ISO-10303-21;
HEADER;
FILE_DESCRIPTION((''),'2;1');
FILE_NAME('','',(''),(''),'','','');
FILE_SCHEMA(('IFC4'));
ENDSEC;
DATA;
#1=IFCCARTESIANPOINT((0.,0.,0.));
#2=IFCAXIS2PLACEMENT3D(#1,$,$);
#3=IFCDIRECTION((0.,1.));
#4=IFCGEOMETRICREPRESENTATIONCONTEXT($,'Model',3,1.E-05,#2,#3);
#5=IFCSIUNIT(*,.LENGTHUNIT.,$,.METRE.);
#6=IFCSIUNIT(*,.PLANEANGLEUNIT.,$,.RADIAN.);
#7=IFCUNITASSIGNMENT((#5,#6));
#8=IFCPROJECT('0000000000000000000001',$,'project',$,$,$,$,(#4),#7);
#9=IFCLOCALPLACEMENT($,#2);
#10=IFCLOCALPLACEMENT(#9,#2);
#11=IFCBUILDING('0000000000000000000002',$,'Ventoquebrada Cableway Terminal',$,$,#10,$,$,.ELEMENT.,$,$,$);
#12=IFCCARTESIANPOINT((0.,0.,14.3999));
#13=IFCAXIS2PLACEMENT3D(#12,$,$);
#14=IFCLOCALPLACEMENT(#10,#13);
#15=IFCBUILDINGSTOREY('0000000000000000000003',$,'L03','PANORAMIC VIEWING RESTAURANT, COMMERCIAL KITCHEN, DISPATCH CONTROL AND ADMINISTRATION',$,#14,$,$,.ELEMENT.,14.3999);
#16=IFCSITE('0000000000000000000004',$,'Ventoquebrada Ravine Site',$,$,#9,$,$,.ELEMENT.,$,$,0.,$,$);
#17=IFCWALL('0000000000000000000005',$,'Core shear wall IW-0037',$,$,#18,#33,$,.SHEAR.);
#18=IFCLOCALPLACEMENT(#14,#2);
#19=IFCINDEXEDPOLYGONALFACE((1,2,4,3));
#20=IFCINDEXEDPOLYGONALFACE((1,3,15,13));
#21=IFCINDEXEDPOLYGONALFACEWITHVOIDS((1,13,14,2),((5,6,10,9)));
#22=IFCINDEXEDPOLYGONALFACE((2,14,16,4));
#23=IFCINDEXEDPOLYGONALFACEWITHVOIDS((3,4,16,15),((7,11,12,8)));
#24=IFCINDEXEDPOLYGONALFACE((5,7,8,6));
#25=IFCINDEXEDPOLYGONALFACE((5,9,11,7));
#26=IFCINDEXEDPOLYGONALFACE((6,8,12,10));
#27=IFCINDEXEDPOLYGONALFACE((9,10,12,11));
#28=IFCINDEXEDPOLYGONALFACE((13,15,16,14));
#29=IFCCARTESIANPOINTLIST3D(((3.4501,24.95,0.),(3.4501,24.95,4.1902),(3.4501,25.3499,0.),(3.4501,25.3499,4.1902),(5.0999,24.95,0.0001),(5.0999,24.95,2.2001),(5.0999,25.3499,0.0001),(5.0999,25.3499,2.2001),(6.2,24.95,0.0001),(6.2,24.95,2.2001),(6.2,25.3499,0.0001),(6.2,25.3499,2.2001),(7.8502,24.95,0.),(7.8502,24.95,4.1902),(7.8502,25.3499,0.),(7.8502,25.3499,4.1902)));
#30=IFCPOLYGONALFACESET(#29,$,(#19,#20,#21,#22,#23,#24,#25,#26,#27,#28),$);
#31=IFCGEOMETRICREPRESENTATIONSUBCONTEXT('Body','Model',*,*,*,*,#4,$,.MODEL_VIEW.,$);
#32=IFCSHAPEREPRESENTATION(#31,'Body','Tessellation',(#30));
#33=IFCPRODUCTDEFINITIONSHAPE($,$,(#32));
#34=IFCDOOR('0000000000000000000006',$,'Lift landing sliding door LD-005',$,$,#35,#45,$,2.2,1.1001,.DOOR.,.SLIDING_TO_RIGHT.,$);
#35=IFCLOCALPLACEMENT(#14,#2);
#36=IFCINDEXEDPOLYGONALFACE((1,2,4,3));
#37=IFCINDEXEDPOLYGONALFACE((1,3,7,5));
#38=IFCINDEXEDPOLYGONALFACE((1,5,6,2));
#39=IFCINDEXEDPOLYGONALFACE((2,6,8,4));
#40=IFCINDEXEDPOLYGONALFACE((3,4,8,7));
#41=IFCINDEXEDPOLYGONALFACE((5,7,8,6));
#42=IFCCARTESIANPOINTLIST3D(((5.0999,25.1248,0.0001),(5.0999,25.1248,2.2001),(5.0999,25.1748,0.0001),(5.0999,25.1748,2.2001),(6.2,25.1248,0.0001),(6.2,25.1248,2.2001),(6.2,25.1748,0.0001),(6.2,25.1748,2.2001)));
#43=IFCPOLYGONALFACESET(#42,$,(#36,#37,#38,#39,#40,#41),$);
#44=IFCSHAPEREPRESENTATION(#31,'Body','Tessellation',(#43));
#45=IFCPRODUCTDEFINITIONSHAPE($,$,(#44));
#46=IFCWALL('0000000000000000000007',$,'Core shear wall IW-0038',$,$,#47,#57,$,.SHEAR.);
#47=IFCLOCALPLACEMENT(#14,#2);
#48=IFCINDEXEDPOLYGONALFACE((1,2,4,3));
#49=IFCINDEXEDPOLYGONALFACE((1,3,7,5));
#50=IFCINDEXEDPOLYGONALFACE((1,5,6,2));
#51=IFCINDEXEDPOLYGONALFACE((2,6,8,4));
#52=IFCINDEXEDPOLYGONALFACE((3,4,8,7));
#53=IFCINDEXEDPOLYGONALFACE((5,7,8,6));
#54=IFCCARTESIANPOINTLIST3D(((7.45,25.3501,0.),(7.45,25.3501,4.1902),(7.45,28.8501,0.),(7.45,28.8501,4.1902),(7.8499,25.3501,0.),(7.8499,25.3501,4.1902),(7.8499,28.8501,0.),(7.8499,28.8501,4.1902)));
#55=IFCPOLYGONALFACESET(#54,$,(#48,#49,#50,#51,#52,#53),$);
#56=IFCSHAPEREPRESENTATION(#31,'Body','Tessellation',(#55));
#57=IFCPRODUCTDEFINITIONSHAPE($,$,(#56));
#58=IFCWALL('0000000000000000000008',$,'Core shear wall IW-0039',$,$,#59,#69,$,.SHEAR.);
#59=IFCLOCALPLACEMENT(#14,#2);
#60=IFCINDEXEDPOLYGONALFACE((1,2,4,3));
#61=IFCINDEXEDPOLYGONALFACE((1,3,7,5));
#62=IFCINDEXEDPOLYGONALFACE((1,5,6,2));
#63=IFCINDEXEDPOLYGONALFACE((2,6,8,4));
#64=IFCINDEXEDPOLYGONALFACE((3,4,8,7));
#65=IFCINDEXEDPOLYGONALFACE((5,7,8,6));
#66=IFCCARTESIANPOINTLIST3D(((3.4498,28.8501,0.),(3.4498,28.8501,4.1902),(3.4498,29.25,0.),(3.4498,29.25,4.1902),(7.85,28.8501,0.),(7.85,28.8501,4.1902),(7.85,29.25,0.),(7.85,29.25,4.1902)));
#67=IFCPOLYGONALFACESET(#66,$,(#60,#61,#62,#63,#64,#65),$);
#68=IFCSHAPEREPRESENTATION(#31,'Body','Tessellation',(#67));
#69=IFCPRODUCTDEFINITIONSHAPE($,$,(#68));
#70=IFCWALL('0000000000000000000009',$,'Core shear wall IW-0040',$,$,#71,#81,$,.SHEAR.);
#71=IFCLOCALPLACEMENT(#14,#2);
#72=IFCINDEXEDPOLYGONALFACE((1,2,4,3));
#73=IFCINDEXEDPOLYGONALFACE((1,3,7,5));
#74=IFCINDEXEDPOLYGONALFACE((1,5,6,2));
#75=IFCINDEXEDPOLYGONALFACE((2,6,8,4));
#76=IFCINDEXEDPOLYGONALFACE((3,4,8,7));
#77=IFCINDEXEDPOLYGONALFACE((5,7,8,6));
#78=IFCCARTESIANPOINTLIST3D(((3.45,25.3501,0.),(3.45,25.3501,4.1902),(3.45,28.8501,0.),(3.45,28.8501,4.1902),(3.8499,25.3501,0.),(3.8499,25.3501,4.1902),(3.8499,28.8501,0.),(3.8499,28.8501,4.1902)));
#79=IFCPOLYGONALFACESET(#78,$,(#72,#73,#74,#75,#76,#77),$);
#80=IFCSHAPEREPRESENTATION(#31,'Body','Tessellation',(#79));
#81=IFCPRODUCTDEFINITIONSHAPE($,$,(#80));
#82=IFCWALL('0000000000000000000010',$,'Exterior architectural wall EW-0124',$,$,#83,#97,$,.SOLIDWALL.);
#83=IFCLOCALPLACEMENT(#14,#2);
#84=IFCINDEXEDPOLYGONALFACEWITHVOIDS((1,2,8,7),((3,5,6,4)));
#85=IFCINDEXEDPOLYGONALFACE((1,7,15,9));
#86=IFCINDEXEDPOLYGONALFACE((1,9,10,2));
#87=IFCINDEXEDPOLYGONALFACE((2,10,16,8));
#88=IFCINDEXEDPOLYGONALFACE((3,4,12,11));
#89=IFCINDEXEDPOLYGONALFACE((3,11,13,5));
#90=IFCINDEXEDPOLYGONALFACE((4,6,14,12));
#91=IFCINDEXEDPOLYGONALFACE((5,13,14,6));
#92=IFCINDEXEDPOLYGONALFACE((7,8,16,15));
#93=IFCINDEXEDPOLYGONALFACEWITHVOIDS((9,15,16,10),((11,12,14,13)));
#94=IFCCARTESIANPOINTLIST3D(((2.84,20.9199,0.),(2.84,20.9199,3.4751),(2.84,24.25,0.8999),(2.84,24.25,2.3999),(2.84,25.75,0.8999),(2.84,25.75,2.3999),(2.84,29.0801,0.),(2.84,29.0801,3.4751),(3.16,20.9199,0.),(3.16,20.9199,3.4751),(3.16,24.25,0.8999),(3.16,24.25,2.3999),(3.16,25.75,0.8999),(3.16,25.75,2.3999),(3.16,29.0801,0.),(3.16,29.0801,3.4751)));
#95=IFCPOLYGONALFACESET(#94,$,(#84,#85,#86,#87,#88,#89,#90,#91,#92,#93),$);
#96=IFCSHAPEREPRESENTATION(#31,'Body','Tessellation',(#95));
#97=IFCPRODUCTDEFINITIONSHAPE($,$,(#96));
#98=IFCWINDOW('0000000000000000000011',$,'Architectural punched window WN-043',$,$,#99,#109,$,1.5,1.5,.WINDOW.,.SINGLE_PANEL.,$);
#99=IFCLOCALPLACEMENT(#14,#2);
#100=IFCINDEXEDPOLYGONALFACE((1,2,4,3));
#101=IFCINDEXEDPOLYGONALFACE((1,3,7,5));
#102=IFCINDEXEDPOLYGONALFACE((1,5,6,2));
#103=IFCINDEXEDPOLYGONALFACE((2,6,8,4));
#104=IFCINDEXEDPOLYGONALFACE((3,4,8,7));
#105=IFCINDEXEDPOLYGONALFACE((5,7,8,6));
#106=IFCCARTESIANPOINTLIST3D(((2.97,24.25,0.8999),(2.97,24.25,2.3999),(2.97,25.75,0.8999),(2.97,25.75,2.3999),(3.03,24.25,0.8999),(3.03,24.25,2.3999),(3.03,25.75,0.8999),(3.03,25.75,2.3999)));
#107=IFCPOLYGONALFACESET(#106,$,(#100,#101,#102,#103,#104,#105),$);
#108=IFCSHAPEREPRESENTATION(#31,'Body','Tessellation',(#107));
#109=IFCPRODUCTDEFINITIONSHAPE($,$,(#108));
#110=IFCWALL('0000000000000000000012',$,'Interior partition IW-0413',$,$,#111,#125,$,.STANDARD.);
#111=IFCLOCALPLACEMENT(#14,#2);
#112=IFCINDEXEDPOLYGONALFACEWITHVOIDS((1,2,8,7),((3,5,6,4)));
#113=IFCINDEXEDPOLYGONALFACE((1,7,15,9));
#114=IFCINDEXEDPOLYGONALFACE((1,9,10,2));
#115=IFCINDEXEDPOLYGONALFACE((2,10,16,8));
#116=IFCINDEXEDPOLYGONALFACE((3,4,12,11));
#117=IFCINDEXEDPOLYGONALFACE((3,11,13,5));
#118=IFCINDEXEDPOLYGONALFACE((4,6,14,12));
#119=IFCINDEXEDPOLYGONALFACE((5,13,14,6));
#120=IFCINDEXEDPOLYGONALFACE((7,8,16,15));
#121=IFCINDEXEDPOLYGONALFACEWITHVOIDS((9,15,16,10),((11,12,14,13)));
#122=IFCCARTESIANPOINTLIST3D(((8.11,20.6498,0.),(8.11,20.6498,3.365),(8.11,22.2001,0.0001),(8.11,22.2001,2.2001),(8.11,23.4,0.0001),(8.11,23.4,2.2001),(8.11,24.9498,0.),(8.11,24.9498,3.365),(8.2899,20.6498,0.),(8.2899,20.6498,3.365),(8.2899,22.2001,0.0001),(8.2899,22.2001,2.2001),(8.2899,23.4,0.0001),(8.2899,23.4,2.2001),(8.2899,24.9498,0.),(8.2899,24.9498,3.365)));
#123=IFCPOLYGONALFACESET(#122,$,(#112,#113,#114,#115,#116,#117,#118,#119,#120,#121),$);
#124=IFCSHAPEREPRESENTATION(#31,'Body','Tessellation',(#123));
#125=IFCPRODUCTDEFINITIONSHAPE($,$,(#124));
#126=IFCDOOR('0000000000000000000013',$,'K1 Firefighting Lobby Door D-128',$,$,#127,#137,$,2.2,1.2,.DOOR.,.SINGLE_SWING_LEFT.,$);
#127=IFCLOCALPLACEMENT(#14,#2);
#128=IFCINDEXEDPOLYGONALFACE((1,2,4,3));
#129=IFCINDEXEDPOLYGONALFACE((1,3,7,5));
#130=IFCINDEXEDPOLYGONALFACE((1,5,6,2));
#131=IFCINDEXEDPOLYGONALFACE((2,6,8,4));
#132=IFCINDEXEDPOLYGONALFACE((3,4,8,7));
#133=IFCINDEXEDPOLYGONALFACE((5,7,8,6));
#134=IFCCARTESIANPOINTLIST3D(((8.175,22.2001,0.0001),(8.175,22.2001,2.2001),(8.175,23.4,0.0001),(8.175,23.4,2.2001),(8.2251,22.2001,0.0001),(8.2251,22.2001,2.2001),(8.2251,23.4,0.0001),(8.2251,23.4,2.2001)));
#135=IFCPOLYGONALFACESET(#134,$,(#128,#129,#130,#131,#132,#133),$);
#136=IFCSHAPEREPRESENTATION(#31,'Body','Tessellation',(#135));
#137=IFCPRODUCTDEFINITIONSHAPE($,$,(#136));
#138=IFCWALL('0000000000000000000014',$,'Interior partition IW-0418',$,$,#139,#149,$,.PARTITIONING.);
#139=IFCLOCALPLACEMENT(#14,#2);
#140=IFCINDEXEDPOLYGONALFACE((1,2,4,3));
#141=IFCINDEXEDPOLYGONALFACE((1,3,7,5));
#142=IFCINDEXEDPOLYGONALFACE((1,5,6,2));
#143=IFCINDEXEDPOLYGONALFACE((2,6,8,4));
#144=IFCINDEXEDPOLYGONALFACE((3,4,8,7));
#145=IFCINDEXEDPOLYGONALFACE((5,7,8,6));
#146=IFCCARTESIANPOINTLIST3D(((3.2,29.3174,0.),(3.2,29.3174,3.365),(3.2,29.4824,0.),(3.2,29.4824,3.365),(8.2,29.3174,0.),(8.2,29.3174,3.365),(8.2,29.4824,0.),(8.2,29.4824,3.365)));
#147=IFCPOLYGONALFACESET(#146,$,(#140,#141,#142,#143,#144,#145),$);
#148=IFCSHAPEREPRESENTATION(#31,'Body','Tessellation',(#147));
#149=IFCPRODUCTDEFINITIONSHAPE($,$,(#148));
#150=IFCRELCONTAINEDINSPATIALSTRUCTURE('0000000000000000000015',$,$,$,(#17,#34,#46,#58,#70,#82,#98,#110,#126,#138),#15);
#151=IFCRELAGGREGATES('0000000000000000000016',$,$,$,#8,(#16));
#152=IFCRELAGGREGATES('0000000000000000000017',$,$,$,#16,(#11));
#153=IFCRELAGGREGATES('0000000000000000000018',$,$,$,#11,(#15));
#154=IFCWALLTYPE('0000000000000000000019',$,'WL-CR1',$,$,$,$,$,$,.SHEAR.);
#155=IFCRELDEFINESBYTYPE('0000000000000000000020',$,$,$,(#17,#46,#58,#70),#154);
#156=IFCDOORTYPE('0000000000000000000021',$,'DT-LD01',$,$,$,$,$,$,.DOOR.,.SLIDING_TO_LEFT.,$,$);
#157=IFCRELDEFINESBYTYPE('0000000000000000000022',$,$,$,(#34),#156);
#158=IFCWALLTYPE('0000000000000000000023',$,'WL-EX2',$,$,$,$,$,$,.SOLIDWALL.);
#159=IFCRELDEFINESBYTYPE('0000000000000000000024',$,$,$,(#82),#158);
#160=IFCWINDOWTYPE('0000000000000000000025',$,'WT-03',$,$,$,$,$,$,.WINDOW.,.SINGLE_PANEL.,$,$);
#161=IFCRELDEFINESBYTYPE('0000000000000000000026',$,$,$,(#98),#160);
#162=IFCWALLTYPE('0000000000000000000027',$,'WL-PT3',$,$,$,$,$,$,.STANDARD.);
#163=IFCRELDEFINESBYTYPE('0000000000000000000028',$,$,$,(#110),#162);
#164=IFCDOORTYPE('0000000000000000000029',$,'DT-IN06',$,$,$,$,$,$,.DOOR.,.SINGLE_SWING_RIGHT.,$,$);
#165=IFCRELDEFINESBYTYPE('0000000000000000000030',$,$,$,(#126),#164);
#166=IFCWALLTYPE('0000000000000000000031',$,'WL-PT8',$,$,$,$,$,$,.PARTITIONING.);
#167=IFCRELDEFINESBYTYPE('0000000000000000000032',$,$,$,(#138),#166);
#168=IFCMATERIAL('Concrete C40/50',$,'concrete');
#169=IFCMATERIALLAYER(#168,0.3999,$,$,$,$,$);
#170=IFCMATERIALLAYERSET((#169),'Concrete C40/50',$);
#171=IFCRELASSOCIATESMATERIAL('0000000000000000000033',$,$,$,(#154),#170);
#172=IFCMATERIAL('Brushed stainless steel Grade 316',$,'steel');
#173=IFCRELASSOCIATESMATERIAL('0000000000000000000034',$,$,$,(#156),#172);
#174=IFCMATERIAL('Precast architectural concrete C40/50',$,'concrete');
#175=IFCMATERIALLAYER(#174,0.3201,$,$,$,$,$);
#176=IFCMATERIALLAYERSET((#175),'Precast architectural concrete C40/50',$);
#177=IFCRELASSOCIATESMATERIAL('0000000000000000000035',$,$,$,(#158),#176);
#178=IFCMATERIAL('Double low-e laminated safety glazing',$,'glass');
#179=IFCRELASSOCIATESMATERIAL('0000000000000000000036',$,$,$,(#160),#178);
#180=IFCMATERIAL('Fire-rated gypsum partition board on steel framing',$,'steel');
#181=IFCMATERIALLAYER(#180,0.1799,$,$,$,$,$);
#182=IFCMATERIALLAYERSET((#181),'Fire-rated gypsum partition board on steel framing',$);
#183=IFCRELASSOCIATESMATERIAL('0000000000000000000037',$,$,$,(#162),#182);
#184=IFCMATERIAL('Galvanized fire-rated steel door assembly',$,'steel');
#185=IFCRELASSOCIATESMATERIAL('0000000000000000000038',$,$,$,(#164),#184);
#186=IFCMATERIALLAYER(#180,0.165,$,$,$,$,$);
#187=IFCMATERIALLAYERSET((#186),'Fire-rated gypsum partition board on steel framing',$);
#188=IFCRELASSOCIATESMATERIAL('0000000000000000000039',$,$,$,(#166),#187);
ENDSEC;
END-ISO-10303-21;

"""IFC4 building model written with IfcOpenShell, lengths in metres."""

from ifc_helpers import new_model, si_unit, direction, frame, frame_2d, origin, place, context, subcontext, project, spatial, rectangle, extrude, material, layer, layer_set, type_object, element, fill, save


model = new_model("IFC4")

# Units and contexts
model_context = context("Model", 3, precision=1e-05, world=origin(), true_north=direction((0.0, 1.0)))
body_context = subcontext(model_context, "Body", "Model", "MODEL_VIEW")
ifc_project = project(units=[si_unit("LENGTHUNIT", "METRE"), si_unit("PLANEANGLEUNIT", "RADIAN")], contexts=[model_context])

# Site, building, storey
site_placement = place(None, origin())
site = spatial("IfcSite", under=ifc_project, at=site_placement, Name="Ventoquebrada Ravine Site", CompositionType="ELEMENT", RefElevation=0.0)
building_placement = place(site_placement, origin())
building = spatial("IfcBuilding", under=site, at=building_placement, Name="Ventoquebrada Cableway Terminal", CompositionType="ELEMENT")
storey_placement = place(building_placement, frame((0.0, 0.0, 14.3999)))
storey = spatial("IfcBuildingStorey", under=building, at=storey_placement, Name="L03", Description="PANORAMIC VIEWING RESTAURANT, COMMERCIAL KITCHEN, DISPATCH CONTROL AND ADMINISTRATION", CompositionType="ELEMENT", Elevation=14.3999)

# Shared definitions
ifc_material_1 = material(Name="Concrete C40/50", Category="concrete")

# Wall, opening, door
ifc_layer_1 = layer(ifc_material_1, 0.3999)
ifc_layer_set_1 = layer_set([ifc_layer_1], Name="Concrete C40/50")
wall_type_1 = type_object("IfcWallType", Name="WL-CR1", PredefinedType="SHEAR", material=ifc_layer_set_1)
wall_1_placement = place(storey_placement, frame((3.45, 25.1499, 0.0), z_axis=(0.0, 0.0, 1.0), x_axis=(1.0, 0.0, 0.0)))
wall_1 = element("IfcWall", 1, at=wall_1_placement, inside=storey, type_object=wall_type_1, Name="Core shear wall IW-0037", PredefinedType="SHEAR", context=body_context, shape_type="SweptSolid", body=[
    extrude(rectangle(XDim=4.4001, YDim=0.3999, at=frame_2d((2.2002, 0.0))), origin(), (0.0, 0.0, 1.0), 4.1902),
])
opening_1_placement = place(wall_1_placement, frame((1.6499, 0.0, 0.0)))
opening_1 = element("IfcOpeningElement", 2, at=opening_1_placement, cuts=wall_1, PredefinedType="OPENING", context=body_context, shape_type="SweptSolid", body=[
    extrude(rectangle(XDim=1.1001, YDim=2.2, at=frame_2d((0.55, 1.1001))), frame((0.0, 0.21, 0.0), z_axis=(0.0, -1.0, 0.0), x_axis=(1.0, 0.0, 0.0)), (0.0, 0.0, 1.0), 0.4199),
])
ifc_material_2 = material(Name="Brushed stainless steel Grade 316", Category="steel")
door_type_1 = type_object("IfcDoorType", Name="DT-LD01", OperationType="SLIDING_TO_LEFT", PredefinedType="DOOR", material=ifc_material_2)
door_1_placement = place(opening_1_placement, origin())
door_1 = element("IfcDoor", 3, at=door_1_placement, inside=storey, type_object=door_type_1, Name="Lift landing sliding door LD-005", OperationType="SLIDING_TO_RIGHT", OverallHeight=2.2, OverallWidth=1.1001, PredefinedType="DOOR", context=body_context, shape_type="SweptSolid", body=[
    extrude(rectangle(XDim=1.1001, YDim=2.2, at=frame_2d((0.55, 1.1001))), frame((0.0, 0.0249, 0.0), z_axis=(0.0, -1.0, 0.0), x_axis=(1.0, 0.0, 0.0)), (0.0, 0.0, 1.0), 0.05),
])
fill(opening_1, door_1)

# Walls
wall_2_placement = place(storey_placement, frame((7.6499, 25.3501, 0.0), z_axis=(0.0, 0.0, 1.0), x_axis=(0.0, 1.0, 0.0)))
element("IfcWall", 4, at=wall_2_placement, inside=storey, type_object=wall_type_1, Name="Core shear wall IW-0038", PredefinedType="SHEAR", context=body_context, shape_type="SweptSolid", body=[
    extrude(rectangle(XDim=3.5, YDim=0.3999, at=frame_2d((1.75, 0.0))), origin(), (0.0, 0.0, 1.0), 4.1902),
])
wall_3_placement = place(storey_placement, frame((7.8501, 29.05, 0.0), z_axis=(0.0, 0.0, 1.0), x_axis=(-1.0, 0.0, 0.0)))
element("IfcWall", 5, at=wall_3_placement, inside=storey, type_object=wall_type_1, Name="Core shear wall IW-0039", PredefinedType="SHEAR", context=body_context, shape_type="SweptSolid", body=[
    extrude(rectangle(XDim=4.4001, YDim=0.3999, at=frame_2d((2.2002, 0.0))), origin(), (0.0, 0.0, 1.0), 4.1902),
])
wall_4_placement = place(storey_placement, frame((3.6499, 28.8501, 0.0), z_axis=(0.0, 0.0, 1.0), x_axis=(0.0, -1.0, 0.0)))
element("IfcWall", 6, at=wall_4_placement, inside=storey, type_object=wall_type_1, Name="Core shear wall IW-0040", PredefinedType="SHEAR", context=body_context, shape_type="SweptSolid", body=[
    extrude(rectangle(XDim=3.5, YDim=0.3999, at=frame_2d((1.75, 0.0))), origin(), (0.0, 0.0, 1.0), 4.1902),
])

# Wall, opening, window
ifc_material_3 = material(Name="Precast architectural concrete C40/50", Category="concrete")
ifc_layer_2 = layer(ifc_material_3, 0.3201)
ifc_layer_set_2 = layer_set([ifc_layer_2], Name="Precast architectural concrete C40/50")
wall_type_2 = type_object("IfcWallType", Name="WL-EX2", PredefinedType="SOLIDWALL", material=ifc_layer_set_2)
wall_5_placement = place(storey_placement, frame((3.0, 29.0801, 0.0), z_axis=(0.0, 0.0, 1.0), x_axis=(0.0, -1.0, 0.0)))
wall_5 = element("IfcWall", 7, at=wall_5_placement, inside=storey, type_object=wall_type_2, Name="Exterior architectural wall EW-0124", PredefinedType="SOLIDWALL", context=body_context, shape_type="SweptSolid", body=[
    extrude(rectangle(XDim=8.1602, YDim=0.3201, at=frame_2d((4.0801, 0.0))), origin(), (0.0, 0.0, 1.0), 3.4751),
])
opening_2_placement = place(wall_5_placement, frame((3.3301, 0.0, 0.8999)))
opening_2 = element("IfcOpeningElement", 8, at=opening_2_placement, cuts=wall_5, PredefinedType="OPENING", context=body_context, shape_type="SweptSolid", body=[
    extrude(rectangle(XDim=1.5, YDim=1.5, at=frame_2d((0.75, 0.75))), frame((0.0, 0.1699, 0.0), z_axis=(0.0, -1.0, 0.0), x_axis=(1.0, 0.0, 0.0)), (0.0, 0.0, 1.0), 0.3401),
])
ifc_material_4 = material(Name="Double low-e laminated safety glazing", Category="glass")
window_type = type_object("IfcWindowType", Name="WT-03", PartitioningType="SINGLE_PANEL", PredefinedType="WINDOW", material=ifc_material_4)
window_placement = place(opening_2_placement, origin())
window = element("IfcWindow", 9, at=window_placement, inside=storey, type_object=window_type, Name="Architectural punched window WN-043", OverallHeight=1.5, OverallWidth=1.5, PartitioningType="SINGLE_PANEL", PredefinedType="WINDOW", context=body_context, shape_type="SweptSolid", body=[
    extrude(rectangle(XDim=1.5, YDim=1.5, at=frame_2d((0.75, 0.75))), frame((0.0, 0.03, 0.0), z_axis=(0.0, -1.0, 0.0), x_axis=(1.0, 0.0, 0.0)), (0.0, 0.0, 1.0), 0.0601),
])
fill(opening_2, window)

# Wall, opening, door
ifc_material_5 = material(Name="Fire-rated gypsum partition board on steel framing", Category="steel")
ifc_layer_3 = layer(ifc_material_5, 0.1799)
ifc_layer_set_3 = layer_set([ifc_layer_3], Name="Fire-rated gypsum partition board on steel framing")
wall_type_3 = type_object("IfcWallType", Name="WL-PT3", PredefinedType="STANDARD", material=ifc_layer_set_3)
wall_6_placement = place(storey_placement, frame((8.2, 20.6499, 0.0), z_axis=(0.0, 0.0, 1.0), x_axis=(0.0, 1.0, 0.0)))
wall_6 = element("IfcWall", 10, at=wall_6_placement, inside=storey, type_object=wall_type_3, Name="Interior partition IW-0413", PredefinedType="STANDARD", context=body_context, shape_type="SweptSolid", body=[
    extrude(rectangle(XDim=4.3, YDim=0.1799, at=frame_2d((2.1499, 0.0))), origin(), (0.0, 0.0, 1.0), 3.365),
])
opening_3_placement = place(wall_6_placement, frame((1.55, 0.0, 0.0)))
opening_3 = element("IfcOpeningElement", 11, at=opening_3_placement, cuts=wall_6, PredefinedType="OPENING", context=body_context, shape_type="SweptSolid", body=[
    extrude(rectangle(XDim=1.2, YDim=2.2, at=frame_2d((0.6001, 1.1001))), frame((0.0, 0.0999, 0.0), z_axis=(0.0, -1.0, 0.0), x_axis=(1.0, 0.0, 0.0)), (0.0, 0.0, 1.0), 0.2),
])
ifc_material_6 = material(Name="Galvanized fire-rated steel door assembly", Category="steel")
door_type_2 = type_object("IfcDoorType", Name="DT-IN06", OperationType="SINGLE_SWING_RIGHT", PredefinedType="DOOR", material=ifc_material_6)
door_2_placement = place(opening_3_placement, origin())
door_2 = element("IfcDoor", 12, at=door_2_placement, inside=storey, type_object=door_type_2, Name="K1 Firefighting Lobby Door D-128", OperationType="SINGLE_SWING_LEFT", OverallHeight=2.2, OverallWidth=1.2, PredefinedType="DOOR", context=body_context, shape_type="SweptSolid", body=[
    extrude(rectangle(XDim=1.2, YDim=2.2, at=frame_2d((0.6001, 1.1001))), frame((0.0, 0.0249, 0.0), z_axis=(0.0, -1.0, 0.0), x_axis=(1.0, 0.0, 0.0)), (0.0, 0.0, 1.0), 0.05),
])
fill(opening_3, door_2)

# Wall
ifc_layer_4 = layer(ifc_material_5, 0.165)
ifc_layer_set_4 = layer_set([ifc_layer_4], Name="Fire-rated gypsum partition board on steel framing")
wall_type_4 = type_object("IfcWallType", Name="WL-PT8", PredefinedType="PARTITIONING", material=ifc_layer_set_4)
wall_7_placement = place(storey_placement, frame((3.2, 29.3999, 0.0), z_axis=(0.0, 0.0, 1.0), x_axis=(1.0, 0.0, 0.0)))
element("IfcWall", 13, at=wall_7_placement, inside=storey, type_object=wall_type_4, Name="Interior partition IW-0418", PredefinedType="PARTITIONING", context=body_context, shape_type="SweptSolid", body=[
    extrude(rectangle(XDim=5.0, YDim=0.165, at=frame_2d((2.5, 0.0))), origin(), (0.0, 0.0, 1.0), 3.365),
])

save(model, "model.ifc")
